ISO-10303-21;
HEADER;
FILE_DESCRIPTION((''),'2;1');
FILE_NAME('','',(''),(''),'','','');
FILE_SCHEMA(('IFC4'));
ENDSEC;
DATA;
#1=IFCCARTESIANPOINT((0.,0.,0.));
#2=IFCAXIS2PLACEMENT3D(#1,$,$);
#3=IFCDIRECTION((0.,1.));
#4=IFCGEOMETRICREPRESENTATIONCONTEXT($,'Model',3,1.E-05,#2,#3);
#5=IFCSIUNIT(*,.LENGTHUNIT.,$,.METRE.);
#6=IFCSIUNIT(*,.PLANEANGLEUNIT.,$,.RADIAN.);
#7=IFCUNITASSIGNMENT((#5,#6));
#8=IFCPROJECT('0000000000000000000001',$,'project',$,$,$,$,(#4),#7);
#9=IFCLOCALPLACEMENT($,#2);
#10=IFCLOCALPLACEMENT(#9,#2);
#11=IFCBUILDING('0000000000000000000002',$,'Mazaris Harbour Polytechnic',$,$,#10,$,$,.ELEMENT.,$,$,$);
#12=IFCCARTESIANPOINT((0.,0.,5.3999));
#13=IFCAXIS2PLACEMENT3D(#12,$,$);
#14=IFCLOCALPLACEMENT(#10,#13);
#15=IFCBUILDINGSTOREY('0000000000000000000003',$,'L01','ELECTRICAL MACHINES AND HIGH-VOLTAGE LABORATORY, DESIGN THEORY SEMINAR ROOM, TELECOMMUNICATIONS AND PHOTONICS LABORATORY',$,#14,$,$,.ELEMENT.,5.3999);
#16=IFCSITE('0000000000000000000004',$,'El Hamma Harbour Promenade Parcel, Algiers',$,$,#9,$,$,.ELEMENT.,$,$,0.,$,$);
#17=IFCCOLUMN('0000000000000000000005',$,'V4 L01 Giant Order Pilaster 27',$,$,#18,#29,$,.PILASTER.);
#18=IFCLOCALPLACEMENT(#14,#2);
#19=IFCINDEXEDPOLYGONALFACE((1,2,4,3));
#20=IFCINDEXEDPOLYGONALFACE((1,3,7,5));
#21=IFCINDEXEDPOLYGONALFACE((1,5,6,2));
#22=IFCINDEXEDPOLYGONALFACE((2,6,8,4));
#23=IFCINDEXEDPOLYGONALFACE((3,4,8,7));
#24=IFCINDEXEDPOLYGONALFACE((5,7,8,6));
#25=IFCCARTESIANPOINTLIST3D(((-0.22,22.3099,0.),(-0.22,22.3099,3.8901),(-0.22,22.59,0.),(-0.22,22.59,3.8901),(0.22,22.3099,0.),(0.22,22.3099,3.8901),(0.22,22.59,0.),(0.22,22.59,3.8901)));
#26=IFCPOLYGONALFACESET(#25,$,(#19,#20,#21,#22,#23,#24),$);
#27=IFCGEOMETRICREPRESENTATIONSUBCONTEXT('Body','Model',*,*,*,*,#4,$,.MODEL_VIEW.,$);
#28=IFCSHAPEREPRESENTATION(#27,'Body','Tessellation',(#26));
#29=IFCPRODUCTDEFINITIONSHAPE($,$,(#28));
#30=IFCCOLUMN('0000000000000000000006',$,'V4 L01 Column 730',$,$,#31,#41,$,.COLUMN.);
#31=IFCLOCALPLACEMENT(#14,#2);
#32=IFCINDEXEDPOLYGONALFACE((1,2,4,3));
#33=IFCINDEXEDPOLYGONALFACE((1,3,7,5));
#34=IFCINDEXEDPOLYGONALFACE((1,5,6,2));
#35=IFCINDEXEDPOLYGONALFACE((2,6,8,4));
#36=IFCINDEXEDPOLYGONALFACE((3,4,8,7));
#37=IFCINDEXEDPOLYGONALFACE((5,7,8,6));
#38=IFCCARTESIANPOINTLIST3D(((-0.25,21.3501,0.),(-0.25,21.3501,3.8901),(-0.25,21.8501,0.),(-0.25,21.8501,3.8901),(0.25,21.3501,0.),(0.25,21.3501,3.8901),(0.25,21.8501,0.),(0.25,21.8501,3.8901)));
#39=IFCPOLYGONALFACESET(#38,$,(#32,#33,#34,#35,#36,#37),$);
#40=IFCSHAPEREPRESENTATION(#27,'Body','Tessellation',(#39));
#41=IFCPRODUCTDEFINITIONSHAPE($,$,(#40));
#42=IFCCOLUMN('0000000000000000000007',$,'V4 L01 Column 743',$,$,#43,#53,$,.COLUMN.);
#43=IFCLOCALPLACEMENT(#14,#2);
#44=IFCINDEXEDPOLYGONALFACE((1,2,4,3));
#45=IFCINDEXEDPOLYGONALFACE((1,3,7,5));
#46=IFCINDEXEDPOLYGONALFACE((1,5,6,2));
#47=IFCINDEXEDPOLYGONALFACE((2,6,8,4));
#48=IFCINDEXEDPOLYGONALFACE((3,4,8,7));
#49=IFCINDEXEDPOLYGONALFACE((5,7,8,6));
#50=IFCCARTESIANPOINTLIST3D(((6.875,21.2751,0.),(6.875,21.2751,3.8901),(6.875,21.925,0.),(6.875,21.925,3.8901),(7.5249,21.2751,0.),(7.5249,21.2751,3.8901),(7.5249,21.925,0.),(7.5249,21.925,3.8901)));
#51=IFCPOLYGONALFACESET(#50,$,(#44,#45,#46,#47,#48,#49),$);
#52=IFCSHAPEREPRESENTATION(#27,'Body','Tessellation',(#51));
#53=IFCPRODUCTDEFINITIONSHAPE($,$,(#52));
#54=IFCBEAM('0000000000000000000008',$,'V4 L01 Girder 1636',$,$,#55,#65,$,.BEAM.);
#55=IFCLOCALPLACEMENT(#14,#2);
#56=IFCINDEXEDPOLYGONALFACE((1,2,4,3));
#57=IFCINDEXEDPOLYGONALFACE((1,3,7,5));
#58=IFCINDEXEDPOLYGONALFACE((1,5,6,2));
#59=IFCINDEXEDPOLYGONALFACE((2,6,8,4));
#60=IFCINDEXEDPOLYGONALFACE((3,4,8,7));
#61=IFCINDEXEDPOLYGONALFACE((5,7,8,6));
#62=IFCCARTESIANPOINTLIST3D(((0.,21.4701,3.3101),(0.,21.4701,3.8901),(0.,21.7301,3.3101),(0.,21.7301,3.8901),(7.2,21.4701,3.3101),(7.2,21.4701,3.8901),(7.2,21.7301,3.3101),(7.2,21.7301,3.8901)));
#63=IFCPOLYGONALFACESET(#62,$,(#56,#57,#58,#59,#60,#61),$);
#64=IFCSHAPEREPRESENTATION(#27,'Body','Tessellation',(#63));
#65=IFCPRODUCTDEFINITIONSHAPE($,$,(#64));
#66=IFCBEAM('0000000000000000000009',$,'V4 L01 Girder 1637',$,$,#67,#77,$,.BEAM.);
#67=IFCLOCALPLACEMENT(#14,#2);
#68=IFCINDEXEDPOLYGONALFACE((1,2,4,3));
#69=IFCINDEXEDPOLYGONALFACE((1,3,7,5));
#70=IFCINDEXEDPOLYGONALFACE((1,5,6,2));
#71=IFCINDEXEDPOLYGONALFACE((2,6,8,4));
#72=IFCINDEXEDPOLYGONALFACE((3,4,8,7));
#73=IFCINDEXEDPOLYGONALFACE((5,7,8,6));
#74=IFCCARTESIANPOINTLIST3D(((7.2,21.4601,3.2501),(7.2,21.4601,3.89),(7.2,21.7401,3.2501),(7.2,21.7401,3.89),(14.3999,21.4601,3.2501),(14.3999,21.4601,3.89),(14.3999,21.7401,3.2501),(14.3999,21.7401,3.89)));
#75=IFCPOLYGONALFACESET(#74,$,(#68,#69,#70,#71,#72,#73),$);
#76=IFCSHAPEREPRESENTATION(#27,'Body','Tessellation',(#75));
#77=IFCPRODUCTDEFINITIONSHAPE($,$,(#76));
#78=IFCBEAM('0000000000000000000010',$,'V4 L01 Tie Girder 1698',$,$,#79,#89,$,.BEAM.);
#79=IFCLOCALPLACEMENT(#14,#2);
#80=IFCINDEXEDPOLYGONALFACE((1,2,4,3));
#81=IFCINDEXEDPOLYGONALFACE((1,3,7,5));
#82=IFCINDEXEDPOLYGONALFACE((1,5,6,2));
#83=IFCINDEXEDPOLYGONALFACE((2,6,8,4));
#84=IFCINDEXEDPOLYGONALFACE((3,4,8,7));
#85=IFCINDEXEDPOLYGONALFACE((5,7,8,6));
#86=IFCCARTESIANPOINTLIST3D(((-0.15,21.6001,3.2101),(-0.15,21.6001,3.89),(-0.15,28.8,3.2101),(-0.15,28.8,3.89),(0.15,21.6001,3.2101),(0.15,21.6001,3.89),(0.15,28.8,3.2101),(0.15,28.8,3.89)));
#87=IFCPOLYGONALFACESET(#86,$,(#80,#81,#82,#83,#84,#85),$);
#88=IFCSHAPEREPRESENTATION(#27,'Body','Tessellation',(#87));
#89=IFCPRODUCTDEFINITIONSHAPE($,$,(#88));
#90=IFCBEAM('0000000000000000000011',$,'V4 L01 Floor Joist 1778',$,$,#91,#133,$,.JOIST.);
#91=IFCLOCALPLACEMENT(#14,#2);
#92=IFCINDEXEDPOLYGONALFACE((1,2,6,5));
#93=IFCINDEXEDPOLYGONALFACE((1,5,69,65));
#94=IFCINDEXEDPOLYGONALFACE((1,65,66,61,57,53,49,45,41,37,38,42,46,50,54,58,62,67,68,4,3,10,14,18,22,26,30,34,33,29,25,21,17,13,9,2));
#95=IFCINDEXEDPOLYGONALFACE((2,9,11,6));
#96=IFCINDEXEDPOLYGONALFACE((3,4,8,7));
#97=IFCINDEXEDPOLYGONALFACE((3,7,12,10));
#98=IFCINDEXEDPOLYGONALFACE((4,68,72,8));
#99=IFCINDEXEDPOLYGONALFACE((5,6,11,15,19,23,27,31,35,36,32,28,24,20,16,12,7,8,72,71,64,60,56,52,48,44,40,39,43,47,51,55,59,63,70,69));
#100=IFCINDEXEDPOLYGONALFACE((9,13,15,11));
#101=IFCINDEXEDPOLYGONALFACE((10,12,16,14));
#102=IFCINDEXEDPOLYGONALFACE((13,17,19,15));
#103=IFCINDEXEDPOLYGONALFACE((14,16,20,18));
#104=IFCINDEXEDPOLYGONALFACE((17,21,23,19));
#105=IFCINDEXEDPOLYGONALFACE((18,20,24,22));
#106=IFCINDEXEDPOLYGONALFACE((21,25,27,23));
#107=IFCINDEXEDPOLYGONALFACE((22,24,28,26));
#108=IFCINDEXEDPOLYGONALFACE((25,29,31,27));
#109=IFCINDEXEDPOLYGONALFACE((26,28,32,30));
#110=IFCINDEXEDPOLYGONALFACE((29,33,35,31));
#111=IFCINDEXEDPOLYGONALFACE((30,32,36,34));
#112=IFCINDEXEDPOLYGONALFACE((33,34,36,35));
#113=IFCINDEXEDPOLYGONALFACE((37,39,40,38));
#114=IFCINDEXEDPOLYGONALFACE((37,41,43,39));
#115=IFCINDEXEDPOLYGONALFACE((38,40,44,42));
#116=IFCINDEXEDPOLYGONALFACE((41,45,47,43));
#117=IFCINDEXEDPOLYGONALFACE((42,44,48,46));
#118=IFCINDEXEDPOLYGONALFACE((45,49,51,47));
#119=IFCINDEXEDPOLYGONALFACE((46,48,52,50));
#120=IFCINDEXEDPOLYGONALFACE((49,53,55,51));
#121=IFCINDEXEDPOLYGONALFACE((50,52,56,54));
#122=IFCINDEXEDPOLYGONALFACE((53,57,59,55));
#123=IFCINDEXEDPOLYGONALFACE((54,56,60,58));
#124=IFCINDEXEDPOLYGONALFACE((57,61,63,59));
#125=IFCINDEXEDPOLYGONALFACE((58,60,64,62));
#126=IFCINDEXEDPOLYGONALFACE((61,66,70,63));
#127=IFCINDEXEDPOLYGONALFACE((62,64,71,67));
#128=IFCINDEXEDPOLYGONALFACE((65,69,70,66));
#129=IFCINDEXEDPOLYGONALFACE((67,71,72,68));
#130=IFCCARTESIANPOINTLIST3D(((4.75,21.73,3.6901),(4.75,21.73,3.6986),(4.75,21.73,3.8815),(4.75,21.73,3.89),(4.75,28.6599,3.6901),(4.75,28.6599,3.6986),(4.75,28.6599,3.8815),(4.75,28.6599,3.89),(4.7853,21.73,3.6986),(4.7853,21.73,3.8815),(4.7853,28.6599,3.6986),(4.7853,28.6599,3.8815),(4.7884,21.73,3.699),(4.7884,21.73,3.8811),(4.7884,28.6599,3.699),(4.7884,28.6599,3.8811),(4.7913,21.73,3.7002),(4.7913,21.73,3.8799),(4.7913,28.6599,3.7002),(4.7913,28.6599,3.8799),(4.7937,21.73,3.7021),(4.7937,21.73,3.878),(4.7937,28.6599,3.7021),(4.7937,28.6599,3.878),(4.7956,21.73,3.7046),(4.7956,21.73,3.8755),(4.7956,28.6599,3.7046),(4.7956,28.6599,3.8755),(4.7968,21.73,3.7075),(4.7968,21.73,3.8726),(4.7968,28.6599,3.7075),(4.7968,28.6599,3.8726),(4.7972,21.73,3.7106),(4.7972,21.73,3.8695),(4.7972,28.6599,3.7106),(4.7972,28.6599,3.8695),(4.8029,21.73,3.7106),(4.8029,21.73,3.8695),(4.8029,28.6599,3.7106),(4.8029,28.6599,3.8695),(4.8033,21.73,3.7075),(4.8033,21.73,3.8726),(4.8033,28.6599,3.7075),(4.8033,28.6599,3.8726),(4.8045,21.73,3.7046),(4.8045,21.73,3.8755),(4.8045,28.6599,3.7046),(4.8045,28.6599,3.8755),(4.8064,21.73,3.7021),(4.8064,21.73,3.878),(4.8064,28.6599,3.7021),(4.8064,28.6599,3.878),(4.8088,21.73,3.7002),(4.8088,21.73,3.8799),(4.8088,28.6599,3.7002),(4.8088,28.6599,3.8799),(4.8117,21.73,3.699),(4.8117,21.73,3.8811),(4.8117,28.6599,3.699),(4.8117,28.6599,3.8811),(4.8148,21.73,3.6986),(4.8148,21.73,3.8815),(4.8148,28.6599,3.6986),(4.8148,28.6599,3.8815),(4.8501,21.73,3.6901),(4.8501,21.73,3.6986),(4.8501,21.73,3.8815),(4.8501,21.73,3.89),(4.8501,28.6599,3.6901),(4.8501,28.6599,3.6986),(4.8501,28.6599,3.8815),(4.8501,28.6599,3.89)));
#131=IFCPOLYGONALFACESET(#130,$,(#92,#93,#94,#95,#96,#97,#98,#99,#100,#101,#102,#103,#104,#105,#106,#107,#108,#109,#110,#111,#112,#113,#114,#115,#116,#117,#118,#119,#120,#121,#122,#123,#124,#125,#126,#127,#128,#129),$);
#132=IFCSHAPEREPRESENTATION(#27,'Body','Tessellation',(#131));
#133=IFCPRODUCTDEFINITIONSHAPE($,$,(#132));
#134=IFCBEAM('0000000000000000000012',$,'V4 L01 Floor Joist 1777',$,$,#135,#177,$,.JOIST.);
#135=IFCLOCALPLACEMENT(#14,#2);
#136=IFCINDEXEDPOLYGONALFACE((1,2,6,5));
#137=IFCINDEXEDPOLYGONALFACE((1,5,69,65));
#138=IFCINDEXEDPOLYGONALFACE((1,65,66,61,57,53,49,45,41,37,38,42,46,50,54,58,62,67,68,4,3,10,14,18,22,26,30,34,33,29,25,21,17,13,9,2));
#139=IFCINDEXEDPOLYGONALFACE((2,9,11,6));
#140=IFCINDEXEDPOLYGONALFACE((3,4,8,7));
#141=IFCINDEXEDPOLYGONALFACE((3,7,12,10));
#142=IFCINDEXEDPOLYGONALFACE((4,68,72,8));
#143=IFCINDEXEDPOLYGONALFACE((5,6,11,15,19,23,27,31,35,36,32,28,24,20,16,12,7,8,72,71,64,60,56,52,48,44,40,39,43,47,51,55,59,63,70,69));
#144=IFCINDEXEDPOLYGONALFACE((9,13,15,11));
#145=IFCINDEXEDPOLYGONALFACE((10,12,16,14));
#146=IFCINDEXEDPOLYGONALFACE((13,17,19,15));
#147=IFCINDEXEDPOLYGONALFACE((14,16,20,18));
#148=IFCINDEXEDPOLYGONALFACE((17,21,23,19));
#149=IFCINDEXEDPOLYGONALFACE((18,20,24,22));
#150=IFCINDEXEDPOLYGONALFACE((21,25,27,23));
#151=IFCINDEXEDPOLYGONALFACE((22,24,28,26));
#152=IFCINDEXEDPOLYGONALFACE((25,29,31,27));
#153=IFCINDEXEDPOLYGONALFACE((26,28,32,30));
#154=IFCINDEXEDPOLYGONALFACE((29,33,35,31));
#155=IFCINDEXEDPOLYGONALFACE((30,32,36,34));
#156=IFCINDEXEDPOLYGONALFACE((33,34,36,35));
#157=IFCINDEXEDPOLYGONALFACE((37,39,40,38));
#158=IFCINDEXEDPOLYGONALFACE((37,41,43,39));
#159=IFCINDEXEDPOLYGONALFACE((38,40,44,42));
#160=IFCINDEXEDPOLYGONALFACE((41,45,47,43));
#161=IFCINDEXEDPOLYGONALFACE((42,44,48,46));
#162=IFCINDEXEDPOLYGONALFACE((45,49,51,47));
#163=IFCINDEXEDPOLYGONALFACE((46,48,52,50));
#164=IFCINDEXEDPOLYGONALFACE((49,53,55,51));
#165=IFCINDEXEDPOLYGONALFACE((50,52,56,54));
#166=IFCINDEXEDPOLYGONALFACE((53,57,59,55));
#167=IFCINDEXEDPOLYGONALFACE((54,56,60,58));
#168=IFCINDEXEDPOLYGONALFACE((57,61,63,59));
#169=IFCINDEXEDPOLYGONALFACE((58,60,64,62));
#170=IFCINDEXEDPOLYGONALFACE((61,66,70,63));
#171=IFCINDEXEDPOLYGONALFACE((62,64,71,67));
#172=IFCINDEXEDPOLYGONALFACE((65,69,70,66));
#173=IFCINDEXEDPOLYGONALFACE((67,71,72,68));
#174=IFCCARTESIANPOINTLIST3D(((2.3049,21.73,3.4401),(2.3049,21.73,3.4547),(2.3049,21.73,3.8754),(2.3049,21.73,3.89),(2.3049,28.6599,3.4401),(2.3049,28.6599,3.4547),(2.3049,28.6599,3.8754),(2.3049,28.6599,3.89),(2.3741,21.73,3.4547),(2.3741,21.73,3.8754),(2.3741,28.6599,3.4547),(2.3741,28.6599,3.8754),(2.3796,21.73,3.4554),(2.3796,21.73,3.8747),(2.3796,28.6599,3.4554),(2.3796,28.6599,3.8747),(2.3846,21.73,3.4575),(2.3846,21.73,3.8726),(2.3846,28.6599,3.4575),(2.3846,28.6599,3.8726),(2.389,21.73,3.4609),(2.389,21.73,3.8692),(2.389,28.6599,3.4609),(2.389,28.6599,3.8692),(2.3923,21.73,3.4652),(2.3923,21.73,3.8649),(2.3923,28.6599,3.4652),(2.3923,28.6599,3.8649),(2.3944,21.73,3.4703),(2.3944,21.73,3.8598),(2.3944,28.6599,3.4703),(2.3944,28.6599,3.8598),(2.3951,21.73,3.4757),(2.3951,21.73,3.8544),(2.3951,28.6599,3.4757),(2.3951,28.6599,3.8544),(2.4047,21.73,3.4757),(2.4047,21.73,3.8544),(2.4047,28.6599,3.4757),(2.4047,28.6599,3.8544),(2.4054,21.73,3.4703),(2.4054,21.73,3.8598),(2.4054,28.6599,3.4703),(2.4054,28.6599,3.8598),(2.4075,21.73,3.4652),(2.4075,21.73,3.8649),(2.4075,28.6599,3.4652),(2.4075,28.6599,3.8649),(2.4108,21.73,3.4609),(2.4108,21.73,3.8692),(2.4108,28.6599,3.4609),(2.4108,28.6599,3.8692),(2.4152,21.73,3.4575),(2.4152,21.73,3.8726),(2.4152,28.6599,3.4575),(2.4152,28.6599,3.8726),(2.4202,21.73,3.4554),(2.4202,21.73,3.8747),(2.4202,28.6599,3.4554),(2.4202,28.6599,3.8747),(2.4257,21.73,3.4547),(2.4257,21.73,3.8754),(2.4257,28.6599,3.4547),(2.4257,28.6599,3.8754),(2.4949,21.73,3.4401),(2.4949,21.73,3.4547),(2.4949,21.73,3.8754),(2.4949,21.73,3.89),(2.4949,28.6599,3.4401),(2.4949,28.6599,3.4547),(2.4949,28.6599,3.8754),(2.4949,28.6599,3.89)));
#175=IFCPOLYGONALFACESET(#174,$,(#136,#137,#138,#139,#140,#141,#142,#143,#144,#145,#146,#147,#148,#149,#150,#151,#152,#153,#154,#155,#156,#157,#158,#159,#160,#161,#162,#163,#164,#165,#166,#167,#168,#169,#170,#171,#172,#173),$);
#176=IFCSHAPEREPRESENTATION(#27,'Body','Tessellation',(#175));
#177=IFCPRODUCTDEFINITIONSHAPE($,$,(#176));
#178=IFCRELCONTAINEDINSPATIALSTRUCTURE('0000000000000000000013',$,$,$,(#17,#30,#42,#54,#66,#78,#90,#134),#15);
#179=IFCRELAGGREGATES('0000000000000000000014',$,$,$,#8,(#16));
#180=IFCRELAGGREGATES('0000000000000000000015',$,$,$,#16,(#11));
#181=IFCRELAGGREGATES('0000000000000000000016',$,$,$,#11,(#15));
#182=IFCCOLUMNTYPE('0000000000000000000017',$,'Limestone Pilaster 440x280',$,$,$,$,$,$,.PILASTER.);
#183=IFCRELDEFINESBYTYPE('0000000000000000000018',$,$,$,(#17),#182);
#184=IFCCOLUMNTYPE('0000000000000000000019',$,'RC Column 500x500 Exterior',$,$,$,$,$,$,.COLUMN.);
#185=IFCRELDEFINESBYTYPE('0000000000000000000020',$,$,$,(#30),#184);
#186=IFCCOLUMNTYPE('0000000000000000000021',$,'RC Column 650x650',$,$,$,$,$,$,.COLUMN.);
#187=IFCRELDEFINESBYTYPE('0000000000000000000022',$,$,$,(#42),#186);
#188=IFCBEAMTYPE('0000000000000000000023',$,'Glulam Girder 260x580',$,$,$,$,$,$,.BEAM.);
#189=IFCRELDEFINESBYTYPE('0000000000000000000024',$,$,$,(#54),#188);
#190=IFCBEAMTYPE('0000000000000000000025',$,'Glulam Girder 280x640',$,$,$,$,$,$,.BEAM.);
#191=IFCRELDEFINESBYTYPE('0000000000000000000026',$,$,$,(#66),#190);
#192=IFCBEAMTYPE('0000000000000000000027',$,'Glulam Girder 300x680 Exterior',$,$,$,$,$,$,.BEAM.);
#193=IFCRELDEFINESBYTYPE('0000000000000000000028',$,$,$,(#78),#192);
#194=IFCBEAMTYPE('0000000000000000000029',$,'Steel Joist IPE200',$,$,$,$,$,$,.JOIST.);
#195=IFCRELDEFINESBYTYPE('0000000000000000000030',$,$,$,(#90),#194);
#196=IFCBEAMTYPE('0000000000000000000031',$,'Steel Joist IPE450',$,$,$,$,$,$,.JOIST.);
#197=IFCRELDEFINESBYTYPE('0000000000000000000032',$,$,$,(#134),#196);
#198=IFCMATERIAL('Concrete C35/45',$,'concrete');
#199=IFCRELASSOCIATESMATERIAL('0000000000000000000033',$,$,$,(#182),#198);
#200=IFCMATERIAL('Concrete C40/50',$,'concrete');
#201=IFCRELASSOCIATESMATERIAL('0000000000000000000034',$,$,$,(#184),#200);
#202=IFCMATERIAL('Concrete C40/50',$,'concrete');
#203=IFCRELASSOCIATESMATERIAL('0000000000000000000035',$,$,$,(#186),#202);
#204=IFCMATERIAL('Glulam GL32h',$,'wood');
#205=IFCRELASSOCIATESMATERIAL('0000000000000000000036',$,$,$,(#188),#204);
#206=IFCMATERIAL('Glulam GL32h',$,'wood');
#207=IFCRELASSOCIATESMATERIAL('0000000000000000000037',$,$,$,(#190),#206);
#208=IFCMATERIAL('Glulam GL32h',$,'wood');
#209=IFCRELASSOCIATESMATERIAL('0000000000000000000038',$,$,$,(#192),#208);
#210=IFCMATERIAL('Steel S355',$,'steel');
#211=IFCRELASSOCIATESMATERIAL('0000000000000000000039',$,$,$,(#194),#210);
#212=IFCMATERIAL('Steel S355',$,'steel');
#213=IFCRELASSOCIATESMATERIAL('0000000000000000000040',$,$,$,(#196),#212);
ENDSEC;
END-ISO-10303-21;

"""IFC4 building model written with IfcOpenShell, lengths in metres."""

from ifc_helpers import new_model, si_unit, direction, frame, origin, origin_2d, place, context, subcontext, project, spatial, rectangle, i_section, extrude, material, material_profile, profile_set, type_object, element, save


model = new_model("IFC4")

# Units and contexts
model_context = context("Model", 3, precision=1e-05, world=origin(), true_north=direction((0.0, 1.0)))
body_context = subcontext(model_context, "Body", "Model", "MODEL_VIEW")
ifc_project = project(units=[si_unit("LENGTHUNIT", "METRE"), si_unit("PLANEANGLEUNIT", "RADIAN")], contexts=[model_context])

# Site, building, storey
site_placement = place(None, origin())
site = spatial("IfcSite", under=ifc_project, at=site_placement, Name="El Hamma Harbour Promenade Parcel, Algiers", CompositionType="ELEMENT", RefElevation=0.0)
building_placement = place(site_placement, origin())
building = spatial("IfcBuilding", under=site, at=building_placement, Name="Mazaris Harbour Polytechnic", CompositionType="ELEMENT")
storey_placement = place(building_placement, frame((0.0, 0.0, 5.3999)))
storey = spatial("IfcBuildingStorey", under=building, at=storey_placement, Name="L01", Description="ELECTRICAL MACHINES AND HIGH-VOLTAGE LABORATORY, DESIGN THEORY SEMINAR ROOM, TELECOMMUNICATIONS AND PHOTONICS LABORATORY", CompositionType="ELEMENT", Elevation=5.3999)

# Columns
ifc_material_1 = material(Name="Concrete C35/45", Category="concrete")
ifc_material_profile_1 = material_profile(ifc_material_1, rectangle(XDim=0.4399, YDim=0.28, at=origin_2d()), Name="RECT440x280")
ifc_profile_set_1 = profile_set([ifc_material_profile_1], Name="Concrete C35/45")
column_type_1 = type_object("IfcColumnType", Name="Limestone Pilaster 440x280", PredefinedType="PILASTER", material=ifc_profile_set_1)
column_1_placement = place(storey_placement, frame((0.0, 22.45, 0.0), z_axis=(0.0, 0.0, 1.0), x_axis=(1.0, 0.0, 0.0)))
element("IfcColumn", 1, at=column_1_placement, inside=storey, type_object=column_type_1, Name="V4 L01 Giant Order Pilaster 27", PredefinedType="PILASTER", context=body_context, shape_type="SweptSolid", body=[
    extrude(rectangle(XDim=0.4399, YDim=0.28, at=origin_2d()), origin(), (0.0, 0.0, 1.0), 3.8901),
])
ifc_material_2 = material(Name="Concrete C40/50", Category="concrete")
ifc_material_profile_2 = material_profile(ifc_material_2, rectangle(XDim=0.5, YDim=0.5, at=origin_2d()), Name="RECT500x500")
ifc_profile_set_2 = profile_set([ifc_material_profile_2], Name="Concrete C40/50")
column_type_2 = type_object("IfcColumnType", Name="RC Column 500x500 Exterior", PredefinedType="COLUMN", material=ifc_profile_set_2)
column_2_placement = place(storey_placement, frame((0.0, 21.6001, 0.0), z_axis=(0.0, 0.0, 1.0), x_axis=(1.0, 0.0, 0.0)))
element("IfcColumn", 2, at=column_2_placement, inside=storey, type_object=column_type_2, Name="V4 L01 Column 730", PredefinedType="COLUMN", context=body_context, shape_type="SweptSolid", body=[
    extrude(rectangle(XDim=0.5, YDim=0.5, at=origin_2d()), origin(), (0.0, 0.0, 1.0), 3.8901),
])
ifc_material_3 = material(Name="Concrete C40/50", Category="concrete")
ifc_material_profile_3 = material_profile(ifc_material_3, rectangle(XDim=0.6499, YDim=0.6499, at=origin_2d()), Name="RECT650x650")
ifc_profile_set_3 = profile_set([ifc_material_profile_3], Name="Concrete C40/50")
column_type_3 = type_object("IfcColumnType", Name="RC Column 650x650", PredefinedType="COLUMN", material=ifc_profile_set_3)
column_3_placement = place(storey_placement, frame((7.2, 21.6001, 0.0), z_axis=(0.0, 0.0, 1.0), x_axis=(1.0, 0.0, 0.0)))
element("IfcColumn", 3, at=column_3_placement, inside=storey, type_object=column_type_3, Name="V4 L01 Column 743", PredefinedType="COLUMN", context=body_context, shape_type="SweptSolid", body=[
    extrude(rectangle(XDim=0.6499, YDim=0.6499, at=origin_2d()), origin(), (0.0, 0.0, 1.0), 3.8901),
])

# Beams
ifc_material_4 = material(Name="Glulam GL32h", Category="wood")
ifc_material_profile_4 = material_profile(ifc_material_4, rectangle(XDim=0.26, YDim=0.5801, at=origin_2d()), Name="RECT260x580")
ifc_profile_set_4 = profile_set([ifc_material_profile_4], Name="Glulam GL32h")
beam_type_1 = type_object("IfcBeamType", Name="Glulam Girder 260x580", PredefinedType="BEAM", material=ifc_profile_set_4)
beam_1_placement = place(storey_placement, frame((0.0, 21.6001, 3.6001), z_axis=(1.0, 0.0, 0.0), x_axis=(0.0, 1.0, 0.0)))
element("IfcBeam", 4, at=beam_1_placement, inside=storey, type_object=beam_type_1, Name="V4 L01 Girder 1636", PredefinedType="BEAM", context=body_context, shape_type="SweptSolid", body=[
    extrude(rectangle(XDim=0.26, YDim=0.5801, at=origin_2d()), origin(), (0.0, 0.0, 1.0), 7.2),
])
ifc_material_5 = material(Name="Glulam GL32h", Category="wood")
ifc_material_profile_5 = material_profile(ifc_material_5, rectangle(XDim=0.28, YDim=0.6399, at=origin_2d()), Name="RECT280x640")
ifc_profile_set_5 = profile_set([ifc_material_profile_5], Name="Glulam GL32h")
beam_type_2 = type_object("IfcBeamType", Name="Glulam Girder 280x640", PredefinedType="BEAM", material=ifc_profile_set_5)
beam_2_placement = place(storey_placement, frame((7.2, 21.6001, 3.5701), z_axis=(1.0, 0.0, 0.0), x_axis=(0.0, 1.0, 0.0)))
element("IfcBeam", 5, at=beam_2_placement, inside=storey, type_object=beam_type_2, Name="V4 L01 Girder 1637", PredefinedType="BEAM", context=body_context, shape_type="SweptSolid", body=[
    extrude(rectangle(XDim=0.28, YDim=0.6399, at=origin_2d()), origin(), (0.0, 0.0, 1.0), 7.2),
])
ifc_material_6 = material(Name="Glulam GL32h", Category="wood")
ifc_material_profile_6 = material_profile(ifc_material_6, rectangle(XDim=0.3, YDim=0.6799, at=origin_2d()), Name="RECT300x680")
ifc_profile_set_6 = profile_set([ifc_material_profile_6], Name="Glulam GL32h")
beam_type_3 = type_object("IfcBeamType", Name="Glulam Girder 300x680 Exterior", PredefinedType="BEAM", material=ifc_profile_set_6)
beam_3_placement = place(storey_placement, frame((0.0, 21.6001, 3.55), z_axis=(0.0, 1.0, 0.0), x_axis=(-1.0, 0.0, 0.0)))
element("IfcBeam", 6, at=beam_3_placement, inside=storey, type_object=beam_type_3, Name="V4 L01 Tie Girder 1698", PredefinedType="BEAM", context=body_context, shape_type="SweptSolid", body=[
    extrude(rectangle(XDim=0.3, YDim=0.6799, at=origin_2d()), origin(), (0.0, 0.0, 1.0), 7.2),
])
ifc_material_7 = material(Name="Steel S355", Category="steel")
ifc_material_profile_7 = material_profile(ifc_material_7, i_section(OverallWidth=0.1001, OverallDepth=0.2, WebThickness=0.0056, FlangeThickness=0.0085, FilletRadius=0.012, at=origin_2d()), Name="IPE 200")
ifc_profile_set_7 = profile_set([ifc_material_profile_7], Name="Steel S355")
beam_type_4 = type_object("IfcBeamType", Name="Steel Joist IPE200", PredefinedType="JOIST", material=ifc_profile_set_7)
beam_4_placement = place(storey_placement, frame((4.8, 21.73, 3.79), z_axis=(0.0, 1.0, 0.0), x_axis=(-1.0, 0.0, 0.0)))
element("IfcBeam", 7, at=beam_4_placement, inside=storey, type_object=beam_type_4, Name="V4 L01 Floor Joist 1778", PredefinedType="JOIST", context=body_context, shape_type="SweptSolid", body=[
    extrude(i_section(OverallWidth=0.1001, OverallDepth=0.2, WebThickness=0.0056, FlangeThickness=0.0085, FilletRadius=0.012, at=origin_2d()), origin(), (0.0, 0.0, 1.0), 6.9299),
])
ifc_material_8 = material(Name="Steel S355", Category="steel")
ifc_material_profile_8 = material_profile(ifc_material_8, i_section(OverallWidth=0.1899, OverallDepth=0.45, WebThickness=0.0095, FlangeThickness=0.0146, FilletRadius=0.021, at=origin_2d()), Name="IPE 450")
ifc_profile_set_8 = profile_set([ifc_material_profile_8], Name="Steel S355")
beam_type_5 = type_object("IfcBeamType", Name="Steel Joist IPE450", PredefinedType="JOIST", material=ifc_profile_set_8)
beam_5_placement = place(storey_placement, frame((2.3999, 21.73, 3.665), z_axis=(0.0, 1.0, 0.0), x_axis=(-1.0, 0.0, 0.0)))
element("IfcBeam", 8, at=beam_5_placement, inside=storey, type_object=beam_type_5, Name="V4 L01 Floor Joist 1777", PredefinedType="JOIST", context=body_context, shape_type="SweptSolid", body=[
    extrude(i_section(OverallWidth=0.1899, OverallDepth=0.45, WebThickness=0.0095, FlangeThickness=0.0146, FilletRadius=0.021, at=origin_2d()), origin(), (0.0, 0.0, 1.0), 6.9299),
])

save(model, "model.ifc")
